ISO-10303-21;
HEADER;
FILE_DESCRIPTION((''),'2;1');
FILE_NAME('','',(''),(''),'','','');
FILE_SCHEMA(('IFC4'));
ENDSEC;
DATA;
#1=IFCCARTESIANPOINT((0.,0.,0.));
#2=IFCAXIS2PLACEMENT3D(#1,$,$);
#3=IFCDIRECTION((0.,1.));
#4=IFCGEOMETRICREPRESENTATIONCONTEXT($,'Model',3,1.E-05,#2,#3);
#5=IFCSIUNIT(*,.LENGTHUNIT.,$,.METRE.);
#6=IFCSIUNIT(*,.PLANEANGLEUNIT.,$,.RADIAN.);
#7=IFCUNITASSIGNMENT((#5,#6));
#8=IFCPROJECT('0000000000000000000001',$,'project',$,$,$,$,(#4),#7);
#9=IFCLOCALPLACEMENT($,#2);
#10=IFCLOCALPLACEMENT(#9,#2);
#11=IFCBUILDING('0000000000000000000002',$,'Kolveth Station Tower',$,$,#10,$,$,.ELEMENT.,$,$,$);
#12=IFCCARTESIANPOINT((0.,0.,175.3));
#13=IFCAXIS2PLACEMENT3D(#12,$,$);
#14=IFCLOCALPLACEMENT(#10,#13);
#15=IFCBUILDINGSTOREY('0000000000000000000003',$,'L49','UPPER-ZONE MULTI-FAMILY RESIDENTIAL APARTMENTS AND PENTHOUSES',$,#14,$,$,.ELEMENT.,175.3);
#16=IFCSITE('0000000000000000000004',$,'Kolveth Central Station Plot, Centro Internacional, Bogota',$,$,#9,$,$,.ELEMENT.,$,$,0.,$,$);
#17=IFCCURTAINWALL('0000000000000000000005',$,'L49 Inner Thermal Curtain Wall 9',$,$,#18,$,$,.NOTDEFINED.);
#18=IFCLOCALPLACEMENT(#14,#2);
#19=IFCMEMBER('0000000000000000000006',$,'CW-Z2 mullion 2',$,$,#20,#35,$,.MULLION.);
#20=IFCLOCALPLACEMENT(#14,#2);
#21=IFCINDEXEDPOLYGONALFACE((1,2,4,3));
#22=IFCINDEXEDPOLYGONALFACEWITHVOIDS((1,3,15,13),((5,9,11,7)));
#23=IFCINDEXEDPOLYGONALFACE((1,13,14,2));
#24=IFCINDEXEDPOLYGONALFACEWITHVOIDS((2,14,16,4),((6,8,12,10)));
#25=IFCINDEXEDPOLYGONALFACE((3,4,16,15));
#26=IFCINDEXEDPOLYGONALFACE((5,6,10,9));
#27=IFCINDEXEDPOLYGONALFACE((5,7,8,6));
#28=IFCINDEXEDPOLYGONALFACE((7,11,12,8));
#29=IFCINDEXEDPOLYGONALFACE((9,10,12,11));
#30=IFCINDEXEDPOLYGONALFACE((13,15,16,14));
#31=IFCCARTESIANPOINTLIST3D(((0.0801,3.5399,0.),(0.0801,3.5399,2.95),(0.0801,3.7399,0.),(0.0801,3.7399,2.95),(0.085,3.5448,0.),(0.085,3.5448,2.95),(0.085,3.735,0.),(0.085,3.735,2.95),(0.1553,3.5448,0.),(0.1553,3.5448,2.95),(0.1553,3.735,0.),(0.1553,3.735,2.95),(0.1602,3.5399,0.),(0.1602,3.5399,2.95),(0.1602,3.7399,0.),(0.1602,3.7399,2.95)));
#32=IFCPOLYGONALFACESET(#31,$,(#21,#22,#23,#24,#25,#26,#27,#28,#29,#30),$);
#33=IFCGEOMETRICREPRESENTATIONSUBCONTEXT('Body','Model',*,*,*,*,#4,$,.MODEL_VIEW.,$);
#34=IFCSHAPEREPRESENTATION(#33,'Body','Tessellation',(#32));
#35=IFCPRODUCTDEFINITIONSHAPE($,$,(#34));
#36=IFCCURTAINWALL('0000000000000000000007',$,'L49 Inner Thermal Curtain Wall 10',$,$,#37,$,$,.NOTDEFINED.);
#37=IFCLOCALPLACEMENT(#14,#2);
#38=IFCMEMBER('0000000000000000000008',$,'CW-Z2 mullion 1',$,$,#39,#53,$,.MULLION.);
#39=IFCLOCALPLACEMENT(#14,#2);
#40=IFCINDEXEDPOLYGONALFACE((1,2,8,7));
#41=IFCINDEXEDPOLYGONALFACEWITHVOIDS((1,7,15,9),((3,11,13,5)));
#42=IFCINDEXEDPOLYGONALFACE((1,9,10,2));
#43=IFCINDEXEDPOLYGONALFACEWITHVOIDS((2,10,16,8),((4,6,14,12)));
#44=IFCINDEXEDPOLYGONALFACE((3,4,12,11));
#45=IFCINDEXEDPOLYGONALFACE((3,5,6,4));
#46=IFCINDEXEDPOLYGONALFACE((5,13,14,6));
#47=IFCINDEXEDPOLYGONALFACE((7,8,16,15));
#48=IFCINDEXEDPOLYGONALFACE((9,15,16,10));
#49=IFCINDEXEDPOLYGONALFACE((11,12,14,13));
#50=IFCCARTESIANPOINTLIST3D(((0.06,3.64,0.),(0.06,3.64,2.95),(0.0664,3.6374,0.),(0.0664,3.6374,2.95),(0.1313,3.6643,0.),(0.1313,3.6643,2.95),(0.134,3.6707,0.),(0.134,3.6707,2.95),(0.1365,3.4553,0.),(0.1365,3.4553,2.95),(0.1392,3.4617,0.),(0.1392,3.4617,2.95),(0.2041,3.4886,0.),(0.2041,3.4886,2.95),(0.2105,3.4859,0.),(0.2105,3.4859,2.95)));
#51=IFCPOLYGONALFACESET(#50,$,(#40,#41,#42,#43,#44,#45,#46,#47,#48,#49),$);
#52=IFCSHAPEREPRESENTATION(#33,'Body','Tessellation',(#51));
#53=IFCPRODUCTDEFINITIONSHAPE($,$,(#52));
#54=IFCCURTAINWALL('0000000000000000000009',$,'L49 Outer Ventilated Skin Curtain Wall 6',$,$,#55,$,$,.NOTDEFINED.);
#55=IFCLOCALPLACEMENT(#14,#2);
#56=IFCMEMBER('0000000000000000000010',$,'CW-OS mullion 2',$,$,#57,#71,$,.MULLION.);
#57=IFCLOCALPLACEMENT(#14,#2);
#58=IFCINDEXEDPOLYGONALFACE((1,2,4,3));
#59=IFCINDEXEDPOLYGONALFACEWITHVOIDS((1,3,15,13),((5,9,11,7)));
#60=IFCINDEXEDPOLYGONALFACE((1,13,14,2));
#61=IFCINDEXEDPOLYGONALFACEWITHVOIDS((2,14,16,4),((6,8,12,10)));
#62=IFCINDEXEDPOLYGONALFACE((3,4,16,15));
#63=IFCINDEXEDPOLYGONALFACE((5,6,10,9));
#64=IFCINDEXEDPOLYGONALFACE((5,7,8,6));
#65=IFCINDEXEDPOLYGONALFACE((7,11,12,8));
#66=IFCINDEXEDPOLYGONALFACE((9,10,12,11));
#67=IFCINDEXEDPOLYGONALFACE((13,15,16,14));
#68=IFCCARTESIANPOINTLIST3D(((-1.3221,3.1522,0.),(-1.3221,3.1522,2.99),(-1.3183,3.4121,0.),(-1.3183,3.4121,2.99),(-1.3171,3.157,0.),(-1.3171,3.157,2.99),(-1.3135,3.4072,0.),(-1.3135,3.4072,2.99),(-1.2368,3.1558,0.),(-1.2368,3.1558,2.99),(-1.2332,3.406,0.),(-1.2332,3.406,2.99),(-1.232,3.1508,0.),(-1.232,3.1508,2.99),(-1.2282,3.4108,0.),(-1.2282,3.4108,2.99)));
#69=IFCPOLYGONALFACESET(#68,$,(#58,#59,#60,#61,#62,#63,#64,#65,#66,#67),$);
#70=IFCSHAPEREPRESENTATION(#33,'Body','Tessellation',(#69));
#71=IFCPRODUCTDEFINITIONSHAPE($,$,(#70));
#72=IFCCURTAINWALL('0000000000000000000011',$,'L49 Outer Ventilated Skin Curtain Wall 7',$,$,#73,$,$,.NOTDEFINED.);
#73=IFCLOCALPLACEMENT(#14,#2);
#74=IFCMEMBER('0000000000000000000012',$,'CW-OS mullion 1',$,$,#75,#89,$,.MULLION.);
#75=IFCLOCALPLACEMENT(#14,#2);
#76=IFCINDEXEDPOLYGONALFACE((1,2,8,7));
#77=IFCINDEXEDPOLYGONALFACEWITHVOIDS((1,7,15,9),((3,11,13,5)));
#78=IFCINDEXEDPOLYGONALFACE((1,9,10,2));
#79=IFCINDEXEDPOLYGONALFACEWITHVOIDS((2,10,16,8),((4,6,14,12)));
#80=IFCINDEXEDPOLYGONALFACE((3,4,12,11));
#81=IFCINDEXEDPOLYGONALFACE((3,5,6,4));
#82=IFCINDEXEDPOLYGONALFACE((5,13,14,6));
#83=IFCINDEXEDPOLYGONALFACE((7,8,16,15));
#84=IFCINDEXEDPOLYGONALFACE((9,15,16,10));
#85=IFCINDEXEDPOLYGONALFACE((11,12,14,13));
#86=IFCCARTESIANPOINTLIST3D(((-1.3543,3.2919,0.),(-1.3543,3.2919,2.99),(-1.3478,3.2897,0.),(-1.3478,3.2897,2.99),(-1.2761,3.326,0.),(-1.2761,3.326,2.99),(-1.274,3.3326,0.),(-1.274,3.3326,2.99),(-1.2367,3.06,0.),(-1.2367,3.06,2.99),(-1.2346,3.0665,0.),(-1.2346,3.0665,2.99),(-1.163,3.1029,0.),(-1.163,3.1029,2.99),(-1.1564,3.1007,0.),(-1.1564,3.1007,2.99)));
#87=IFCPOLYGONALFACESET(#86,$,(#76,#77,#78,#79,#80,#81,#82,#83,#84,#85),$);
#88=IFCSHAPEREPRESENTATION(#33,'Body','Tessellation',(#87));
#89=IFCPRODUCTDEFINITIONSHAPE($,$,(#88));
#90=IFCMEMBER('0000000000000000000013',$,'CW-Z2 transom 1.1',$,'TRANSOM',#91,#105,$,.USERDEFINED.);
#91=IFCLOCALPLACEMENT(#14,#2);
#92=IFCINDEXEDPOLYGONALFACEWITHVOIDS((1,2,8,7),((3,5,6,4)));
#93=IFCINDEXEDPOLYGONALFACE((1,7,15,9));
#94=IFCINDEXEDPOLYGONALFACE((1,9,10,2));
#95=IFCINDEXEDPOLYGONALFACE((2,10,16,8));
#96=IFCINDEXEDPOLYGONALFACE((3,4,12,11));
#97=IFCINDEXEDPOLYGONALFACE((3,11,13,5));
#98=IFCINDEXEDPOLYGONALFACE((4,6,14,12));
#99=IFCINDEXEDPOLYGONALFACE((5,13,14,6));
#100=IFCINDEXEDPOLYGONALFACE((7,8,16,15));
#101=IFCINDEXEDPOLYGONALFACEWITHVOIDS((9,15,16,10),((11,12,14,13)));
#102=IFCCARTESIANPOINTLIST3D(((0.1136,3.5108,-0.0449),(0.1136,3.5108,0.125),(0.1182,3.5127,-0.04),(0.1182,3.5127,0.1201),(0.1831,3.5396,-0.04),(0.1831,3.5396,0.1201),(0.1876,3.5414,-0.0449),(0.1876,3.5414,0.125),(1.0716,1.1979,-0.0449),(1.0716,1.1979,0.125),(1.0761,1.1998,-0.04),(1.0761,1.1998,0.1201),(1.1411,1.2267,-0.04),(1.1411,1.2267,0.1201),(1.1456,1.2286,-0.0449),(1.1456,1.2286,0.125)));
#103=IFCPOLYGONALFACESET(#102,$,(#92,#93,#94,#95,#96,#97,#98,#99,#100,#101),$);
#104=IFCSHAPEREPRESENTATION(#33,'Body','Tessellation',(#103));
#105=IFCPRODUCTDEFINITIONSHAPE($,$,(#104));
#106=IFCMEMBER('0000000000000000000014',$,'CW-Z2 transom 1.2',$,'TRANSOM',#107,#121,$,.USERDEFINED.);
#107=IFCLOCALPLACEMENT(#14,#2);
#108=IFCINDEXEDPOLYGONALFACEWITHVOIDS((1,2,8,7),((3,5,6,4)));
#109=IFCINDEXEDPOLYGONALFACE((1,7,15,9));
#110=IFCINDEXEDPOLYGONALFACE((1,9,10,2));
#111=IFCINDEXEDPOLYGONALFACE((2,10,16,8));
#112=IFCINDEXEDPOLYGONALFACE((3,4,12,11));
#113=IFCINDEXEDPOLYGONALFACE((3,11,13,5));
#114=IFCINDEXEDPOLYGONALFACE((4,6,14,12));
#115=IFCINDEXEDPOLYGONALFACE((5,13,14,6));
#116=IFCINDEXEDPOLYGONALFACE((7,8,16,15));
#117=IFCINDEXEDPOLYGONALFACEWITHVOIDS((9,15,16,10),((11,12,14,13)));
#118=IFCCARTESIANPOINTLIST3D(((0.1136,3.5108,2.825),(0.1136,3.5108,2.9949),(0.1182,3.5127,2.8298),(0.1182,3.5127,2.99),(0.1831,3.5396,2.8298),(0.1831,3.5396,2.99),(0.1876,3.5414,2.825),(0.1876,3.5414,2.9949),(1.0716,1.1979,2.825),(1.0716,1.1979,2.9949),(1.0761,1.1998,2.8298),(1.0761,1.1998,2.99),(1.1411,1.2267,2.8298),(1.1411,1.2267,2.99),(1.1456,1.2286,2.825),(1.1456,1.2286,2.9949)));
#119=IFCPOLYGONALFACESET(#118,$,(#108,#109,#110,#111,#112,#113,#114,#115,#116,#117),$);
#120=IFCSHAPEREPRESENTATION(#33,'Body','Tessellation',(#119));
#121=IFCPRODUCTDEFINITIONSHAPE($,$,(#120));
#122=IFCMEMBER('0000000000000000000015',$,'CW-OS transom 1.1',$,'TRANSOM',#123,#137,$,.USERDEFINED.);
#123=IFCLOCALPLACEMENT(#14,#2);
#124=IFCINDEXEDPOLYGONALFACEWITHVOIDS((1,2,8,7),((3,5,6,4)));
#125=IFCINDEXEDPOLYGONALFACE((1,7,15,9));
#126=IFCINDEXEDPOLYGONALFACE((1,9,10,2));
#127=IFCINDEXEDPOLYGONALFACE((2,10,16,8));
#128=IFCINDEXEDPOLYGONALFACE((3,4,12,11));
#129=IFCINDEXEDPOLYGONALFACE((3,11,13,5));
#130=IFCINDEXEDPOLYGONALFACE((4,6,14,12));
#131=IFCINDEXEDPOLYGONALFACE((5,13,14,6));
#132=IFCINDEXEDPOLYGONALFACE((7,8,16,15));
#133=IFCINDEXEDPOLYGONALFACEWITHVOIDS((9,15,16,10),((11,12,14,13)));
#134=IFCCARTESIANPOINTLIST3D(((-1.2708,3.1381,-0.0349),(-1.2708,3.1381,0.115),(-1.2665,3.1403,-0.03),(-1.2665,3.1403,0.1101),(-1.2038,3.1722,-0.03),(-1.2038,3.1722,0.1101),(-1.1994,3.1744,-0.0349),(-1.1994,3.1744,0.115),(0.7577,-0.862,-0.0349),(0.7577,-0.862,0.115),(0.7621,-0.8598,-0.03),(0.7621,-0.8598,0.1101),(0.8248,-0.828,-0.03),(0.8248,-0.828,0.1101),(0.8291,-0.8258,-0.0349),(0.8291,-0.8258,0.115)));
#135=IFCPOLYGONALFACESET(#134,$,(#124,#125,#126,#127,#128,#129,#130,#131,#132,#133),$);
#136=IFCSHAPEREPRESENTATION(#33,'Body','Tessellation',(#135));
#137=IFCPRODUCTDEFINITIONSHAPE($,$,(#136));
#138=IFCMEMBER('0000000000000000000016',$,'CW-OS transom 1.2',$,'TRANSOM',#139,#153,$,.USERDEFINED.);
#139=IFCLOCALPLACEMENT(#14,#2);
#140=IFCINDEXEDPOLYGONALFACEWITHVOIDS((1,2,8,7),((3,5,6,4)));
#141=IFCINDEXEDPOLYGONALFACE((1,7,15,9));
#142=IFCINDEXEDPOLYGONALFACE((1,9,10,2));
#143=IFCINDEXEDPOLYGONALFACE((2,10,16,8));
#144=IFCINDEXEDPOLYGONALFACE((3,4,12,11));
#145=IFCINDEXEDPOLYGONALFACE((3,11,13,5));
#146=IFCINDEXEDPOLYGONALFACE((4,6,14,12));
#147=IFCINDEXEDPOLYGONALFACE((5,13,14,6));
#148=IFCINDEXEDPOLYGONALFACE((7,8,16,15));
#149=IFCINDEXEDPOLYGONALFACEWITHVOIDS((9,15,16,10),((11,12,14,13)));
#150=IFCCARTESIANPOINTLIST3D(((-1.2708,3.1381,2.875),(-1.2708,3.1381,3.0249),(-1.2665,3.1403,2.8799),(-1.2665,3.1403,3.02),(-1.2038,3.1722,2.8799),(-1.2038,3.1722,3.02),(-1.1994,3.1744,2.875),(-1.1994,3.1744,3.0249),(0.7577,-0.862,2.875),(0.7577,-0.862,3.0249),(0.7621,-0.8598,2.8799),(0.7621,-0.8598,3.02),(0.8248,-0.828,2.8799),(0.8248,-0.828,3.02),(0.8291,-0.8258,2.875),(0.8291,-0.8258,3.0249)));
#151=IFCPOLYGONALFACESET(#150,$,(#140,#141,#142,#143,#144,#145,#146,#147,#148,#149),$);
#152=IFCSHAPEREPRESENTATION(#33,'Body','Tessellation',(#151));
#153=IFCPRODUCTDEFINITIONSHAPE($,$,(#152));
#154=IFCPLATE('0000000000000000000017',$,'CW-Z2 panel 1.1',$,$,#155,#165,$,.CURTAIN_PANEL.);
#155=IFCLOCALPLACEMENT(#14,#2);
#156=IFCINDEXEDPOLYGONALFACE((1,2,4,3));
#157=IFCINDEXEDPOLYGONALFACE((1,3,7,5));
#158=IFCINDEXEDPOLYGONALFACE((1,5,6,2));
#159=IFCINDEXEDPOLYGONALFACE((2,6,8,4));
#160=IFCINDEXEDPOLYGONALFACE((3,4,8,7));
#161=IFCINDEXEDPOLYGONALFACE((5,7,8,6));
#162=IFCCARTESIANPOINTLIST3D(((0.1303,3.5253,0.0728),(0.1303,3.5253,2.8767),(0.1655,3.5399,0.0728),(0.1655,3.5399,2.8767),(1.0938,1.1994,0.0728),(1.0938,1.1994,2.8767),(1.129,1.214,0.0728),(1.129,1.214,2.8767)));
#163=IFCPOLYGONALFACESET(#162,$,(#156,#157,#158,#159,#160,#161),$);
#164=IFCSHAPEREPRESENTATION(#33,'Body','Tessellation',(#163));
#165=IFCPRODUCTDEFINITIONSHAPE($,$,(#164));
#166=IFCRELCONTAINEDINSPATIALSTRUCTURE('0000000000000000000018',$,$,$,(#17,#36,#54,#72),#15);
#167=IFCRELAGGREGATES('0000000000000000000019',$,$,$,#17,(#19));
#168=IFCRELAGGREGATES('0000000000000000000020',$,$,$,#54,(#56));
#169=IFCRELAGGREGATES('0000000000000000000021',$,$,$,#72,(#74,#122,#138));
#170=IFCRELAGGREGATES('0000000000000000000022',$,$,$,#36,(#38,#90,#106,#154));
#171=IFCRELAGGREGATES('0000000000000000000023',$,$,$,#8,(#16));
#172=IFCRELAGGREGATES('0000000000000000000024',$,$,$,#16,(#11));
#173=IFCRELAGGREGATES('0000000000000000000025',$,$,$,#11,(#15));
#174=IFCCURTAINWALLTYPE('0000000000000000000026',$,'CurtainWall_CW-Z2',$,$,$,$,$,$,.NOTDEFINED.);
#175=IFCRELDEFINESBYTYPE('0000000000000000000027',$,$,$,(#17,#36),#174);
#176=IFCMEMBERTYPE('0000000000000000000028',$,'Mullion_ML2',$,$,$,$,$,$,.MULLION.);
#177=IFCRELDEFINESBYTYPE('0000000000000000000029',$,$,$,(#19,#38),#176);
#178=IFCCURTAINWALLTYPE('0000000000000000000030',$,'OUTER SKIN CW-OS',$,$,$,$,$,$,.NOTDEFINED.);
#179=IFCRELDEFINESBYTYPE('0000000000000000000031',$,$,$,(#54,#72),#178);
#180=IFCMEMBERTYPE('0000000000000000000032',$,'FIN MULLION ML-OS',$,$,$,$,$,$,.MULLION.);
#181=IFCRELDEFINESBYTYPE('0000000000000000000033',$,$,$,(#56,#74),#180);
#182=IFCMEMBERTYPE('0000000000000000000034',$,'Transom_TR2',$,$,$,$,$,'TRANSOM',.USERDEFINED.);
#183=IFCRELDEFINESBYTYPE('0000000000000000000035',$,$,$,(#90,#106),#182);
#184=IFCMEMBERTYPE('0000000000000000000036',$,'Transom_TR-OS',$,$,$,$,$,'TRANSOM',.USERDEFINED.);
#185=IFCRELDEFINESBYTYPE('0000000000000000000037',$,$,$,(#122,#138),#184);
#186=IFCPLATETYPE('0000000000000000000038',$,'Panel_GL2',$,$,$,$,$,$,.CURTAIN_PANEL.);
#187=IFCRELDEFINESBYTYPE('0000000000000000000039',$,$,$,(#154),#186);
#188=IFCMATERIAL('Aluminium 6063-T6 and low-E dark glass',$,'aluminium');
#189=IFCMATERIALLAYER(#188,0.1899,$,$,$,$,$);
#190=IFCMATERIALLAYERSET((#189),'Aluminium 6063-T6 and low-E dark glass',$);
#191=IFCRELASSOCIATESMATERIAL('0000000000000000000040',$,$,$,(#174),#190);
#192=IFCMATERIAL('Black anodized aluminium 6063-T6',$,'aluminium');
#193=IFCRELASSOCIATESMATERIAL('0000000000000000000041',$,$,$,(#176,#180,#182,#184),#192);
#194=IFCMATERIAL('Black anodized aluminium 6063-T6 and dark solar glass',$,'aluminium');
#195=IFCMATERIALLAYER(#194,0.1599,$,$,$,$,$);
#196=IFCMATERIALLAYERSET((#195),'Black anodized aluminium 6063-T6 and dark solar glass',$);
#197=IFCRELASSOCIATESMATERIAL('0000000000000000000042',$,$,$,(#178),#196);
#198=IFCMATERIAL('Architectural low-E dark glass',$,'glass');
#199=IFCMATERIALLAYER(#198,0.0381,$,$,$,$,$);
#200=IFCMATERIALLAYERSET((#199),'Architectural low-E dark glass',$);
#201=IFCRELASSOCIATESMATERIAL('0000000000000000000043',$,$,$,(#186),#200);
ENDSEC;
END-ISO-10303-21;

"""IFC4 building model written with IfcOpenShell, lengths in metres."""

from ifc_helpers import new_model, si_unit, direction, frame, origin, origin_2d, place, context, subcontext, project, spatial, rectangle, hollow_rectangle, extrude, source, transform, mapped, material, layer, layer_set, material_profile, profile_set, type_object, element, aggregate, save


model = new_model("IFC4")

# Units and contexts
model_context = context("Model", 3, precision=1e-05, world=origin(), true_north=direction((0.0, 1.0)))
body_context = subcontext(model_context, "Body", "Model", "MODEL_VIEW")
ifc_project = project(units=[si_unit("LENGTHUNIT", "METRE"), si_unit("PLANEANGLEUNIT", "RADIAN")], contexts=[model_context])

# Site, building, storey
site_placement = place(None, origin())
site = spatial("IfcSite", under=ifc_project, at=site_placement, Name="Kolveth Central Station Plot, Centro Internacional, Bogota", CompositionType="ELEMENT", RefElevation=0.0)
building_placement = place(site_placement, origin())
building = spatial("IfcBuilding", under=site, at=building_placement, Name="Kolveth Station Tower", CompositionType="ELEMENT")
storey_placement = place(building_placement, frame((0.0, 0.0, 175.3)))
storey = spatial("IfcBuildingStorey", under=building, at=storey_placement, Name="L49", Description="UPPER-ZONE MULTI-FAMILY RESIDENTIAL APARTMENTS AND PENTHOUSES", CompositionType="ELEMENT", Elevation=175.3)

# Curtain walls, members
ifc_material_1 = material(Name="Aluminium 6063-T6 and low-E dark glass", Category="aluminium")
ifc_layer_1 = layer(ifc_material_1, 0.1899)
ifc_layer_set_1 = layer_set([ifc_layer_1], Name="Aluminium 6063-T6 and low-E dark glass")
curtain_wall_type_1 = type_object("IfcCurtainWallType", Name="CurtainWall_CW-Z2", PredefinedType="NOTDEFINED", material=ifc_layer_set_1)
curtain_wall_1_placement = place(storey_placement, origin())
curtain_wall_1 = element("IfcCurtainWall", 1, at=curtain_wall_1_placement, inside=storey, type_object=curtain_wall_type_1, Name="L49 Inner Thermal Curtain Wall 9", PredefinedType="NOTDEFINED")
ifc_material_2 = material(Name="Black anodized aluminium 6063-T6", Category="aluminium")
ifc_material_profile_1 = material_profile(ifc_material_2, hollow_rectangle(XDim=0.0801, YDim=0.2, WallThickness=0.0049, at=origin_2d()), Name="ALU-80x200x5")
ifc_profile_set_1 = profile_set([ifc_material_profile_1], Name="Black anodized aluminium 6063-T6")
member_type_1 = type_object("IfcMemberType", Name="Mullion_ML2", PredefinedType="MULLION", material=ifc_profile_set_1)
shared_shape_1 = source(origin(), body_context, "Body", "SweptSolid", [
    extrude(hollow_rectangle(XDim=0.0801, YDim=0.2, WallThickness=0.0049, at=origin_2d()), origin(), (0.0, 0.0, 1.0), 2.95),
])
member_1_placement = place(storey_placement, frame((0.1201, 3.6399, 0.0), z_axis=(0.0, 0.0, 1.0), x_axis=(1.0, 0.0, 0.0)))
member_1 = element("IfcMember", 2, at=member_1_placement, type_object=member_type_1, Name="CW-Z2 mullion 2", PredefinedType="MULLION", context=body_context, shape_type="MappedRepresentation", body=[
    mapped(shared_shape_1, transform((0.0, 0.0, 0.0), x_axis=(1.0, 0.0, 0.0), y_axis=(0.0, 1.0, 0.0), z_axis=(0.0, 0.0, 1.0), scale=1.0)),
])
aggregate(curtain_wall_1, [member_1])
curtain_wall_2_placement = place(storey_placement, origin())
curtain_wall_2 = element("IfcCurtainWall", 3, at=curtain_wall_2_placement, inside=storey, type_object=curtain_wall_type_1, Name="L49 Inner Thermal Curtain Wall 10", PredefinedType="NOTDEFINED")
member_2_placement = place(storey_placement, frame((0.1353, 3.563, 0.0), z_axis=(0.0, 0.0, 1.0), x_axis=(0.923874, 0.382698, 0.0)))
member_2 = element("IfcMember", 4, at=member_2_placement, type_object=member_type_1, Name="CW-Z2 mullion 1", PredefinedType="MULLION", context=body_context, shape_type="MappedRepresentation", body=[
    mapped(shared_shape_1, transform((0.0, 0.0, 0.0), x_axis=(1.0, 0.0, 0.0), y_axis=(0.0, 1.0, 0.0), z_axis=(0.0, 0.0, 1.0), scale=1.0)),
])
ifc_material_3 = material(Name="Black anodized aluminium 6063-T6 and dark solar glass", Category="aluminium")
ifc_layer_2 = layer(ifc_material_3, 0.1599)
ifc_layer_set_2 = layer_set([ifc_layer_2], Name="Black anodized aluminium 6063-T6 and dark solar glass")
curtain_wall_type_2 = type_object("IfcCurtainWallType", Name="OUTER SKIN CW-OS", PredefinedType="NOTDEFINED", material=ifc_layer_set_2)
curtain_wall_3_placement = place(storey_placement, origin())
curtain_wall_3 = element("IfcCurtainWall", 5, at=curtain_wall_3_placement, inside=storey, type_object=curtain_wall_type_2, Name="L49 Outer Ventilated Skin Curtain Wall 6", PredefinedType="NOTDEFINED")
ifc_material_profile_2 = material_profile(ifc_material_2, hollow_rectangle(XDim=0.0901, YDim=0.26, WallThickness=0.0049, at=origin_2d()), Name="ALU-90x260x5")
ifc_profile_set_2 = profile_set([ifc_material_profile_2], Name="Black anodized aluminium 6063-T6")
member_type_2 = type_object("IfcMemberType", Name="FIN MULLION ML-OS", PredefinedType="MULLION", material=ifc_profile_set_2)
shared_shape_2 = source(origin(), body_context, "Body", "SweptSolid", [
    extrude(hollow_rectangle(XDim=0.0901, YDim=0.26, WallThickness=0.0049, at=origin_2d()), origin(), (0.0, 0.0, 1.0), 2.99),
])
member_3_placement = place(storey_placement, frame((-1.2751, 3.2815, 0.0), z_axis=(0.0, 0.0, 1.0), x_axis=(0.999892, -0.014695, 0.0)))
member_3 = element("IfcMember", 6, at=member_3_placement, type_object=member_type_2, Name="CW-OS mullion 2", PredefinedType="MULLION", context=body_context, shape_type="MappedRepresentation", body=[
    mapped(shared_shape_2, transform((0.0, 0.0, 0.0), x_axis=(1.0, 0.0, 0.0), y_axis=(0.0, 1.0, 0.0), z_axis=(0.0, 0.0, 1.0), scale=1.0)),
])
aggregate(curtain_wall_3, [member_3])
curtain_wall_4_placement = place(storey_placement, origin())
curtain_wall_4 = element("IfcCurtainWall", 7, at=curtain_wall_4_placement, inside=storey, type_object=curtain_wall_type_2, Name="L49 Outer Ventilated Skin Curtain Wall 7", PredefinedType="NOTDEFINED")
member_4_placement = place(storey_placement, frame((-1.2554, 3.1963, 0.0), z_axis=(0.0, 0.0, 1.0), x_axis=(0.891875, 0.452282, 0.0)))
member_4 = element("IfcMember", 8, at=member_4_placement, type_object=member_type_2, Name="CW-OS mullion 1", PredefinedType="MULLION", context=body_context, shape_type="MappedRepresentation", body=[
    mapped(shared_shape_2, transform((0.0, 0.0, 0.0), x_axis=(1.0, 0.0, 0.0), y_axis=(0.0, 1.0, 0.0), z_axis=(0.0, 0.0, 1.0), scale=1.0)),
])

# Members
ifc_material_profile_3 = material_profile(ifc_material_2, hollow_rectangle(XDim=0.0801, YDim=0.1699, WallThickness=0.0049, at=origin_2d()), Name="ALU-80x170x5")
ifc_profile_set_3 = profile_set([ifc_material_profile_3], Name="Black anodized aluminium 6063-T6")
member_type_3 = type_object("IfcMemberType", Name="Transom_TR2", ElementType="TRANSOM", PredefinedType="USERDEFINED", material=ifc_profile_set_3)
shared_shape_3 = source(origin(), body_context, "Body", "SweptSolid", [
    extrude(hollow_rectangle(XDim=0.0801, YDim=0.1699, WallThickness=0.0049, at=origin_2d()), origin(), (0.0, 0.0, 1.0), 2.5034),
])
member_5_placement = place(storey_placement, frame((0.1506, 3.5261, 0.04), z_axis=(0.382662, -0.923888, 0.0), x_axis=(0.923888, 0.382662, 0.0)))
member_5 = element("IfcMember", 9, at=member_5_placement, type_object=member_type_3, Name="CW-Z2 transom 1.1", ObjectType="TRANSOM", PredefinedType="USERDEFINED", context=body_context, shape_type="MappedRepresentation", body=[
    mapped(shared_shape_3, transform((0.0, 0.0, 0.0), x_axis=(1.0, 0.0, 0.0), y_axis=(0.0, 1.0, 0.0), z_axis=(0.0, 0.0, 1.0), scale=1.0)),
])
member_6_placement = place(storey_placement, frame((0.1506, 3.5261, 2.9099), z_axis=(0.382662, -0.923888, 0.0), x_axis=(0.923888, 0.382662, 0.0)))
member_6 = element("IfcMember", 10, at=member_6_placement, type_object=member_type_3, Name="CW-Z2 transom 1.2", ObjectType="TRANSOM", PredefinedType="USERDEFINED", context=body_context, shape_type="MappedRepresentation", body=[
    mapped(shared_shape_3, transform((0.0, 0.0, 0.0), x_axis=(1.0, 0.0, 0.0), y_axis=(0.0, 1.0, 0.0), z_axis=(0.0, 0.0, 1.0), scale=1.0)),
])
ifc_material_profile_4 = material_profile(ifc_material_2, hollow_rectangle(XDim=0.0801, YDim=0.1499, WallThickness=0.0049, at=origin_2d()), Name="ALU-80x150x5")
ifc_profile_set_4 = profile_set([ifc_material_profile_4], Name="Black anodized aluminium 6063-T6")
member_type_4 = type_object("IfcMemberType", Name="Transom_TR-OS", ElementType="TRANSOM", PredefinedType="USERDEFINED", material=ifc_profile_set_4)
shared_shape_4 = source(origin(), body_context, "Body", "SweptSolid", [
    extrude(hollow_rectangle(XDim=0.0801, YDim=0.1499, WallThickness=0.0049, at=origin_2d()), origin(), (0.0, 0.0, 1.0), 4.4851),
])
member_7_placement = place(storey_placement, frame((-1.2351, 3.1562, 0.04), z_axis=(0.45228, -0.891876, 0.0), x_axis=(0.891876, 0.45228, 0.0)))
member_7 = element("IfcMember", 11, at=member_7_placement, type_object=member_type_4, Name="CW-OS transom 1.1", ObjectType="TRANSOM", PredefinedType="USERDEFINED", context=body_context, shape_type="MappedRepresentation", body=[
    mapped(shared_shape_4, transform((0.0, 0.0, 0.0), x_axis=(1.0, 0.0, 0.0), y_axis=(0.0, 1.0, 0.0), z_axis=(0.0, 0.0, 1.0), scale=1.0)),
])
member_8_placement = place(storey_placement, frame((-1.2351, 3.1562, 2.95), z_axis=(0.45228, -0.891876, 0.0), x_axis=(0.891876, 0.45228, 0.0)))
member_8 = element("IfcMember", 12, at=member_8_placement, type_object=member_type_4, Name="CW-OS transom 1.2", ObjectType="TRANSOM", PredefinedType="USERDEFINED", context=body_context, shape_type="MappedRepresentation", body=[
    mapped(shared_shape_4, transform((0.0, 0.0, 0.0), x_axis=(1.0, 0.0, 0.0), y_axis=(0.0, 1.0, 0.0), z_axis=(0.0, 0.0, 1.0), scale=1.0)),
])
aggregate(curtain_wall_4, [member_4, member_7, member_8])

# Plate
ifc_material_4 = material(Name="Architectural low-E dark glass", Category="glass")
ifc_layer_3 = layer(ifc_material_4, 0.0381)
ifc_layer_set_3 = layer_set([ifc_layer_3], Name="Architectural low-E dark glass")
plate_type = type_object("IfcPlateType", Name="Panel_GL2", PredefinedType="CURTAIN_PANEL", material=ifc_layer_set_3)
shared_shape_5 = source(origin(), body_context, "Body", "SweptSolid", [
    extrude(rectangle(XDim=2.5176, YDim=0.0381, at=origin_2d()), origin(), (0.0, 0.0, 1.0), 2.804),
])
plate_placement = place(storey_placement, frame((0.6296, 2.3696, 0.0728), z_axis=(0.0, 0.0, 1.0), x_axis=(0.382698, -0.923874, 0.0)))
plate = element("IfcPlate", 13, at=plate_placement, type_object=plate_type, Name="CW-Z2 panel 1.1", PredefinedType="CURTAIN_PANEL", context=body_context, shape_type="MappedRepresentation", body=[
    mapped(shared_shape_5, transform((0.0, 0.0, 0.0), x_axis=(1.0, 0.0, 0.0), y_axis=(0.0, 1.0, 0.0), z_axis=(0.0, 0.0, 1.0), scale=1.0)),
])
aggregate(curtain_wall_2, [member_2, member_5, member_6, plate])

save(model, "model.ifc")
